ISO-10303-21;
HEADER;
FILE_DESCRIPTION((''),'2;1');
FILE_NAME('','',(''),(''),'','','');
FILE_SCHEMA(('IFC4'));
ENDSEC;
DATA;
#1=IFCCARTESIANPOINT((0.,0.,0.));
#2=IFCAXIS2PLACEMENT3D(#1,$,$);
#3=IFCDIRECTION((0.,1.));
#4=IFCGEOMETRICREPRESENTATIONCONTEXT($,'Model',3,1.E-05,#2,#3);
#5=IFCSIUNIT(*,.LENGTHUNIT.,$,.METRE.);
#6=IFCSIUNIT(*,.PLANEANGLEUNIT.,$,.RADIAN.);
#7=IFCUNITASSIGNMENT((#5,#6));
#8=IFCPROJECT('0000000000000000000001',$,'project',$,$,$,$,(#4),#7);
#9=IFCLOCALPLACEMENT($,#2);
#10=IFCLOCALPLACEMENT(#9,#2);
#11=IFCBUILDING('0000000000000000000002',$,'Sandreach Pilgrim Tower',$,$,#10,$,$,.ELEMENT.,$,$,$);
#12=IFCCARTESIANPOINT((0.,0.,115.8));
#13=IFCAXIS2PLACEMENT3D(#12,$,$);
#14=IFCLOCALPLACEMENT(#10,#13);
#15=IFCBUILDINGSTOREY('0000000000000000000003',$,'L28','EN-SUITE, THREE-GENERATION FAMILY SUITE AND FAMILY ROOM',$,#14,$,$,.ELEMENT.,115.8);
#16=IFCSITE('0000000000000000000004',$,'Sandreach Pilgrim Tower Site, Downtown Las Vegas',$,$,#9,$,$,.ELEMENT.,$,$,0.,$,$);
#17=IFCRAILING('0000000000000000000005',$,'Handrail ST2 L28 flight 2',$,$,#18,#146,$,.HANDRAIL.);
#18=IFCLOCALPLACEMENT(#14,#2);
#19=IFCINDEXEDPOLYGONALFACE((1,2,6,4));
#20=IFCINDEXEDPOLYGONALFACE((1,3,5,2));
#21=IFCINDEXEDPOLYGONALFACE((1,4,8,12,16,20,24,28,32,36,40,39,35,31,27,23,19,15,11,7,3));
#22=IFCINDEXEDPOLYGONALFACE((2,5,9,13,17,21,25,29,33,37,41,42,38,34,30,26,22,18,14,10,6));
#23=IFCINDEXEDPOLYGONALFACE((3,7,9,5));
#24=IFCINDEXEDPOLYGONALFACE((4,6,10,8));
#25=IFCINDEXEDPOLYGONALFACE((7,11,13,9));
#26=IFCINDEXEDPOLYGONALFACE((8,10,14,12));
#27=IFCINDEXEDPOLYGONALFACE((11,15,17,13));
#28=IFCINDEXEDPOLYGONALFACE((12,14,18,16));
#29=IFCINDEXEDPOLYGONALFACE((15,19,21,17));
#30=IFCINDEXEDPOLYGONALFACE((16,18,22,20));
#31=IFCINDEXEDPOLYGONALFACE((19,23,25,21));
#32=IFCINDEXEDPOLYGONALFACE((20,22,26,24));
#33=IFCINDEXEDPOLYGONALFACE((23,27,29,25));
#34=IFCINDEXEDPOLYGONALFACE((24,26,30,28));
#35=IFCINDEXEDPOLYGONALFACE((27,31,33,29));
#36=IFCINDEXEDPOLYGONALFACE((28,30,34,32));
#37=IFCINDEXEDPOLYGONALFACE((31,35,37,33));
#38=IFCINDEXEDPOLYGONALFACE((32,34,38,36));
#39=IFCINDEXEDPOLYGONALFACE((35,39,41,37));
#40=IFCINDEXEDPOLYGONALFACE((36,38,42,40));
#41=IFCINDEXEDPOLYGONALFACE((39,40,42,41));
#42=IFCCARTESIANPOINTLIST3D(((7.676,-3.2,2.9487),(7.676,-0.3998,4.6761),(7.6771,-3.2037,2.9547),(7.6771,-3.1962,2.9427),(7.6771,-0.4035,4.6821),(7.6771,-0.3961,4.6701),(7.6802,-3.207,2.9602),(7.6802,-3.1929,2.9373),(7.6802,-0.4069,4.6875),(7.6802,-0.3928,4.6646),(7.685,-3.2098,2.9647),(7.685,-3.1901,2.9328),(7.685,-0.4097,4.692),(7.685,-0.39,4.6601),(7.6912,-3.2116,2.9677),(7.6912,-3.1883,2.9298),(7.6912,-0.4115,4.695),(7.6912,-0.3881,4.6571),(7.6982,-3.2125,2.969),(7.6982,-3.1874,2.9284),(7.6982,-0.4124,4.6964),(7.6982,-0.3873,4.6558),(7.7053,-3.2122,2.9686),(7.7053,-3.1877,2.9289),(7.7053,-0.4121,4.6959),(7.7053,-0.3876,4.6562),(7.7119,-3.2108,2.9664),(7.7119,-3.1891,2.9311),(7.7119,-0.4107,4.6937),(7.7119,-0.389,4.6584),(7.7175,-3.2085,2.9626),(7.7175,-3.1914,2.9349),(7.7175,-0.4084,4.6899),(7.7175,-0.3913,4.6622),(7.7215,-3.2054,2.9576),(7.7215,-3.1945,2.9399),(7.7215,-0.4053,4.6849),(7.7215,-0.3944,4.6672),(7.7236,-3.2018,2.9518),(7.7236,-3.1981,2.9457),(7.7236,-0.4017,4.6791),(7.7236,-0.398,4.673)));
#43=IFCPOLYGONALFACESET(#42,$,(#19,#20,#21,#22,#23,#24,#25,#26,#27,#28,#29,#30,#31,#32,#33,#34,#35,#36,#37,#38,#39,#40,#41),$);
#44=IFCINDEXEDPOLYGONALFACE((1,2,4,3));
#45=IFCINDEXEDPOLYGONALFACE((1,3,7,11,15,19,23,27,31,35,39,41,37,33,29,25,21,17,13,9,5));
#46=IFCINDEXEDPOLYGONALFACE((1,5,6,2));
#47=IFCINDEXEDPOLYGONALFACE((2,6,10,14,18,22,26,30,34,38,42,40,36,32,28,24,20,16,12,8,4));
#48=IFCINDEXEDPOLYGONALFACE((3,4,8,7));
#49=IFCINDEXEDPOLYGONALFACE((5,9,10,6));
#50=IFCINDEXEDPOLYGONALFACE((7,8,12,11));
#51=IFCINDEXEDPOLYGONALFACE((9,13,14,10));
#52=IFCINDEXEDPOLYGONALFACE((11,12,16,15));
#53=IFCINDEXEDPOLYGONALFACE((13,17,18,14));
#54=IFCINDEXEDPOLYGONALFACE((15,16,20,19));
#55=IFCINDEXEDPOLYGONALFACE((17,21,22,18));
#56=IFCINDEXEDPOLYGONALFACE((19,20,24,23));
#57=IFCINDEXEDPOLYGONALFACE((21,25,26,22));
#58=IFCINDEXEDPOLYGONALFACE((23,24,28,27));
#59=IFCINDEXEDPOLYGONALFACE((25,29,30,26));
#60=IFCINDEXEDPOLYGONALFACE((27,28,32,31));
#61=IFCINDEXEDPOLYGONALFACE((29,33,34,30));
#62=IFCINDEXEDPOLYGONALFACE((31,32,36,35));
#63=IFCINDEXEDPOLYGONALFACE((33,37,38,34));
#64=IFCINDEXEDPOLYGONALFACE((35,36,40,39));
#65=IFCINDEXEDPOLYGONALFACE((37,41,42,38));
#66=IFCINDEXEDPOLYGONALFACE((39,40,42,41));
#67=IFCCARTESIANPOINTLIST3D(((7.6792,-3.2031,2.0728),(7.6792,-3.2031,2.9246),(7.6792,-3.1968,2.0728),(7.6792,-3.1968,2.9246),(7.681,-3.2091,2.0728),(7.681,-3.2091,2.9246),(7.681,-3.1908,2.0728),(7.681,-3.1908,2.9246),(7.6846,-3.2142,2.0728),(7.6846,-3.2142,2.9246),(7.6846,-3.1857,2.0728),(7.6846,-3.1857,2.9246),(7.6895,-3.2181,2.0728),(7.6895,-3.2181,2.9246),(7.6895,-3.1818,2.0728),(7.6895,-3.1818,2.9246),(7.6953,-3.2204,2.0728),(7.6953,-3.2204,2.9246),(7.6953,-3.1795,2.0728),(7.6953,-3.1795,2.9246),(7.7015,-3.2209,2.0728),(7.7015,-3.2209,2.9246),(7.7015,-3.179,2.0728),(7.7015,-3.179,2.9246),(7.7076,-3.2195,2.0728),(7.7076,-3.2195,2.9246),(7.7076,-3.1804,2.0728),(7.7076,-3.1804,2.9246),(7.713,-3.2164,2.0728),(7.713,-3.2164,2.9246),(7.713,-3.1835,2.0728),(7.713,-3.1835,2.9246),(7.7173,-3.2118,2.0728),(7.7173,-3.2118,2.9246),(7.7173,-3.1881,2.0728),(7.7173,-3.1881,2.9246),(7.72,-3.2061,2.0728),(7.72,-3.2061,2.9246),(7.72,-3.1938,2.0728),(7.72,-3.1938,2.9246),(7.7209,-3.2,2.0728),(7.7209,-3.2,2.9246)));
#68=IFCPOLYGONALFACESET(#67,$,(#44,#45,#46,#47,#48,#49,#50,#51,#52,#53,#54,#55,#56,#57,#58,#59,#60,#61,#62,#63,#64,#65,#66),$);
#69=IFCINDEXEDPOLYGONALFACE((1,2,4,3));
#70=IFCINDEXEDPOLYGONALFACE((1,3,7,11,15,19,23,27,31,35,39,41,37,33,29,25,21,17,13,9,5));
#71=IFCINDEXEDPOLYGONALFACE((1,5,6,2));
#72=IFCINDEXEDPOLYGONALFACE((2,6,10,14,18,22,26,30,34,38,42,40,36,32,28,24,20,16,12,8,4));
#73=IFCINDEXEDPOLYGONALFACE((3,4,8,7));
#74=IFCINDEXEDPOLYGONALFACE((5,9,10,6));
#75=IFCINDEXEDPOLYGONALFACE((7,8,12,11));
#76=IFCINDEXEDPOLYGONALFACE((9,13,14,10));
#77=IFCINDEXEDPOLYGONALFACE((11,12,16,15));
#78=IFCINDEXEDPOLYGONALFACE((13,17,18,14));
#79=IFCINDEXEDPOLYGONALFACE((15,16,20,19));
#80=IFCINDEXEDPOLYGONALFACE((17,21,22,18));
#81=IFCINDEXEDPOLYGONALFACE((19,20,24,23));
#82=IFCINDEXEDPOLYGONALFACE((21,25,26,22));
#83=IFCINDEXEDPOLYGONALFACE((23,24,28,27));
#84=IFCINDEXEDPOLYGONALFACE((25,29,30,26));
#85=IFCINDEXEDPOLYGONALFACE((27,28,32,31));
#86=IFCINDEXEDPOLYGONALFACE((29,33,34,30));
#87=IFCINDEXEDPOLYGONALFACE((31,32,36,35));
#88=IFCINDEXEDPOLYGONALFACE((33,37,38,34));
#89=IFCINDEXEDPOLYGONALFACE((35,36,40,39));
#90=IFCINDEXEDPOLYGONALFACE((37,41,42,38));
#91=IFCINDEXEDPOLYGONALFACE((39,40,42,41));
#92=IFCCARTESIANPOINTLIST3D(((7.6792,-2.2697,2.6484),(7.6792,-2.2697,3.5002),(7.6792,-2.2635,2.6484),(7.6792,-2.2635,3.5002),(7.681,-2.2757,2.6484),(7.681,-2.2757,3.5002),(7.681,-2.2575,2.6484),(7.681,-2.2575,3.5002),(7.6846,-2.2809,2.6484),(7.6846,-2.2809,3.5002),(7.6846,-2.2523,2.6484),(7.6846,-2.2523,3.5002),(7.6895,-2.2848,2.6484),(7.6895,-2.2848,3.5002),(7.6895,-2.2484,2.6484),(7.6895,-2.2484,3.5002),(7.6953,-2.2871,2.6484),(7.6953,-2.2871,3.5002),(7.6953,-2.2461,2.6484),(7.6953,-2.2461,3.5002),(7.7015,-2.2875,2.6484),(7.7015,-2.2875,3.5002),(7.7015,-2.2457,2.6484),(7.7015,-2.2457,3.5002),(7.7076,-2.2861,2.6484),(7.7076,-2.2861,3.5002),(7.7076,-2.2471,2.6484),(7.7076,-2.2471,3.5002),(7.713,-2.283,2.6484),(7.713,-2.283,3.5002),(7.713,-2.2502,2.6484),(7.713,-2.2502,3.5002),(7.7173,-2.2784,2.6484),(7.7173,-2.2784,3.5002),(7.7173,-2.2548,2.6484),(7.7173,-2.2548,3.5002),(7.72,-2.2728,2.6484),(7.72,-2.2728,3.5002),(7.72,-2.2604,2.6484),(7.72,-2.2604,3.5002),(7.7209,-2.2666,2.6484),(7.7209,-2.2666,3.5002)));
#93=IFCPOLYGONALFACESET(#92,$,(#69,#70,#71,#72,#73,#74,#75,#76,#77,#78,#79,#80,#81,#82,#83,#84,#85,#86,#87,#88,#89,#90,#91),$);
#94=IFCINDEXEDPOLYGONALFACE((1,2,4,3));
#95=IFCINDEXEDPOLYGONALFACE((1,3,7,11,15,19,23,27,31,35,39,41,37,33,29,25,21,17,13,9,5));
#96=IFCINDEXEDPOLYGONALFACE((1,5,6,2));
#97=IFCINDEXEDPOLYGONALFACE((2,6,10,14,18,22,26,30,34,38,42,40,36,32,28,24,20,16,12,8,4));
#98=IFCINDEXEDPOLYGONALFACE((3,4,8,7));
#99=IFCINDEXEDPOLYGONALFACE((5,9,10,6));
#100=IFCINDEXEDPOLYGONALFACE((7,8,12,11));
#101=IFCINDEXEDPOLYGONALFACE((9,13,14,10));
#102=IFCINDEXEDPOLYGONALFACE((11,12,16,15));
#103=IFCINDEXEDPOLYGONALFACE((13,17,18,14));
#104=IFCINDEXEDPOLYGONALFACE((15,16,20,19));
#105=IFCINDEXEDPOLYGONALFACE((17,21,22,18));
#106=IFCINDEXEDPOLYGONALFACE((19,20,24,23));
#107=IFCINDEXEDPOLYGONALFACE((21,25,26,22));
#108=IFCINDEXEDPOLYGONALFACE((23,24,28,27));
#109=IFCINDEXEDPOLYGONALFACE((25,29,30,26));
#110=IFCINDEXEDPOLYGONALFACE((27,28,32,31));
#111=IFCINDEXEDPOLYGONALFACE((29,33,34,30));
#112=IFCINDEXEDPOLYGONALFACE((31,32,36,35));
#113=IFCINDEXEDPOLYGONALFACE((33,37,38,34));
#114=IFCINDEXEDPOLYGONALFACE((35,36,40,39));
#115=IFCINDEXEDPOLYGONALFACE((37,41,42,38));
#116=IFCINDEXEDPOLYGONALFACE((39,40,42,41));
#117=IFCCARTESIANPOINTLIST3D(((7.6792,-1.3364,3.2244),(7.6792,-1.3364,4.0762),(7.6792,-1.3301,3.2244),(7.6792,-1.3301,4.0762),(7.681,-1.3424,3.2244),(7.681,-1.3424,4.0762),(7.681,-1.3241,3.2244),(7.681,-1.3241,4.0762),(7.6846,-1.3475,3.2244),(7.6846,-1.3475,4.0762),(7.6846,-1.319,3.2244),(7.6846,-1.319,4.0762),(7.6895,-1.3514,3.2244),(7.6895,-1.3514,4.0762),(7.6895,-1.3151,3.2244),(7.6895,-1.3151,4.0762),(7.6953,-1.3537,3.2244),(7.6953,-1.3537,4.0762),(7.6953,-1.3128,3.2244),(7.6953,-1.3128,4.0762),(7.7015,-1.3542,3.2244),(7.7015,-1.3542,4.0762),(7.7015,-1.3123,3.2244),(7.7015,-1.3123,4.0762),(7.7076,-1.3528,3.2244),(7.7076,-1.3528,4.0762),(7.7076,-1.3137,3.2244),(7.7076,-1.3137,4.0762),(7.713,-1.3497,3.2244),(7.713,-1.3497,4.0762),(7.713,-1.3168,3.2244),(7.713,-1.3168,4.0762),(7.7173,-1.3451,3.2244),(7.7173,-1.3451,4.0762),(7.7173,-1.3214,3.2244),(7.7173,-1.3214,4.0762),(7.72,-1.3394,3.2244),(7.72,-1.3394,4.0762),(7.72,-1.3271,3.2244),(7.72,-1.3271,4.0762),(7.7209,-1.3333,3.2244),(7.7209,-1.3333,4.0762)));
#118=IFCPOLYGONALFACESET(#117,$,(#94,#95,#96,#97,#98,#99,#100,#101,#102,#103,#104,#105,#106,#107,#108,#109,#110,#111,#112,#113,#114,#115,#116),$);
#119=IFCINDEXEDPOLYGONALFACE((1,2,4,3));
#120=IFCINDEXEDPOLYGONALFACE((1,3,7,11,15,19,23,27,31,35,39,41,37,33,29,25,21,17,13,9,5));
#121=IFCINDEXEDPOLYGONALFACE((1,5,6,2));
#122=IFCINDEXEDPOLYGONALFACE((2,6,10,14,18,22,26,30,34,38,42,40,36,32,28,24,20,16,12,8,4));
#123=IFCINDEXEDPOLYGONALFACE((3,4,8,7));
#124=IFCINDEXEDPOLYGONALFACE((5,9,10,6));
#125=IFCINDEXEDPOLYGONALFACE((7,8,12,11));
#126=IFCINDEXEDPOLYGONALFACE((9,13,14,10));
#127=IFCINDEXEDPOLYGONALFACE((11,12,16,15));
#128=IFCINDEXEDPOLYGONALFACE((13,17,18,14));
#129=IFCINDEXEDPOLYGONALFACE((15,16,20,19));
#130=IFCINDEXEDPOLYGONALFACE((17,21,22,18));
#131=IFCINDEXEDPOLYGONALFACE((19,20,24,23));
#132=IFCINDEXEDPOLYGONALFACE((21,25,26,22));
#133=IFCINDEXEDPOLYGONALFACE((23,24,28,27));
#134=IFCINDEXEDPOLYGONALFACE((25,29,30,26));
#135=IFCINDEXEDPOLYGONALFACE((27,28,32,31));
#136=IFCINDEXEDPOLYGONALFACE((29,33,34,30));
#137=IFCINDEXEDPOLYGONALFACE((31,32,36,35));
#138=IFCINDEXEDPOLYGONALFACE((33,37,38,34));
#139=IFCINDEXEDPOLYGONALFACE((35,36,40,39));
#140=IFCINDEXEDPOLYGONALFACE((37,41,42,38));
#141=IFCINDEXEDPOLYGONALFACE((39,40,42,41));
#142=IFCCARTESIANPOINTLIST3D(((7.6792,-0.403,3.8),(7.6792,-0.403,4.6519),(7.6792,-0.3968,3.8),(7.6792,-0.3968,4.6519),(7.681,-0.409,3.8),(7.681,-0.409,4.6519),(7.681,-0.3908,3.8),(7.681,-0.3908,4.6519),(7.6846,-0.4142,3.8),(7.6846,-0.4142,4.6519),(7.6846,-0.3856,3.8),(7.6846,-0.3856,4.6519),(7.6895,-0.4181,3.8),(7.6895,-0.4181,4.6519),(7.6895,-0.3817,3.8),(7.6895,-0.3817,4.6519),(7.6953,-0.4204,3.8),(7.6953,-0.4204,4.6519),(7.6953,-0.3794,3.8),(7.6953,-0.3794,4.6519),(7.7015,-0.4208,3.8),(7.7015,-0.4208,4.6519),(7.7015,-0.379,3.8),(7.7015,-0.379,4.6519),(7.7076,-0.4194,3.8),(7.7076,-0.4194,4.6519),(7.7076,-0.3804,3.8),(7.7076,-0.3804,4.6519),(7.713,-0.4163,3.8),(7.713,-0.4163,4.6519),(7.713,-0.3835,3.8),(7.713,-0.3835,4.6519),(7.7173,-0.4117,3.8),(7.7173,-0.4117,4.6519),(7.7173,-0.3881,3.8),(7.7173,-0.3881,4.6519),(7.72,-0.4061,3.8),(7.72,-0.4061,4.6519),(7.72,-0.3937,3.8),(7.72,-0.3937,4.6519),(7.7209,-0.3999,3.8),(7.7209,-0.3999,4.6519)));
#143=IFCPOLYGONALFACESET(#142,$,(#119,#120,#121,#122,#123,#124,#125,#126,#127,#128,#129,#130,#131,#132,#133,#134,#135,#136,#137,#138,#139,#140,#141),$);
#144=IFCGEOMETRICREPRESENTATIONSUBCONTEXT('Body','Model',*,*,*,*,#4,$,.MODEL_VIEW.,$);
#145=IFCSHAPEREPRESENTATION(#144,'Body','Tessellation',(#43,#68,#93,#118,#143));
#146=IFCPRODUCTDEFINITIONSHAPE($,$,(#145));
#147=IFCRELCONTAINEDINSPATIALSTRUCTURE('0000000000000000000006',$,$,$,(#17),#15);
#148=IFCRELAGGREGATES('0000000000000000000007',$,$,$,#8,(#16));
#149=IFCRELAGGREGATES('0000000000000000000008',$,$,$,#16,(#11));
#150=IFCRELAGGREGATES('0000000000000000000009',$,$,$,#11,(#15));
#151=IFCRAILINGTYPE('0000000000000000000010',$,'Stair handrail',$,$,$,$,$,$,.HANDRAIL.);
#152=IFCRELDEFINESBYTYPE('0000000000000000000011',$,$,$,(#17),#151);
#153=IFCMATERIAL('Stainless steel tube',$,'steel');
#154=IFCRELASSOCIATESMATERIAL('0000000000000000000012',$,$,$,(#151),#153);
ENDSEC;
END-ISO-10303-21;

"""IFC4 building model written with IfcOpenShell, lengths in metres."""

from ifc_helpers import new_model, si_unit, direction, frame, origin, origin_2d, place, context, subcontext, project, spatial, circle, extrude, material, type_object, element, save


model = new_model("IFC4")

# Units and contexts
model_context = context("Model", 3, precision=1e-05, world=origin(), true_north=direction((0.0, 1.0)))
body_context = subcontext(model_context, "Body", "Model", "MODEL_VIEW")
ifc_project = project(units=[si_unit("LENGTHUNIT", "METRE"), si_unit("PLANEANGLEUNIT", "RADIAN")], contexts=[model_context])

# Site, building, storey
site_placement = place(None, origin())
site = spatial("IfcSite", under=ifc_project, at=site_placement, Name="Sandreach Pilgrim Tower Site, Downtown Las Vegas", CompositionType="ELEMENT", RefElevation=0.0)
building_placement = place(site_placement, origin())
building = spatial("IfcBuilding", under=site, at=building_placement, Name="Sandreach Pilgrim Tower", CompositionType="ELEMENT")
storey_placement = place(building_placement, frame((0.0, 0.0, 115.8)))
storey = spatial("IfcBuildingStorey", under=building, at=storey_placement, Name="L28", Description="EN-SUITE, THREE-GENERATION FAMILY SUITE AND FAMILY ROOM", CompositionType="ELEMENT", Elevation=115.8)

# Railing
ifc_material_1 = material(Name="Stainless steel tube", Category="steel")
railing_type = type_object("IfcRailingType", Name="Stair handrail", PredefinedType="HANDRAIL", material=ifc_material_1)
for number, where, name in (
    (1, (7.7, -3.2, 2.0728), "Handrail ST2 L28 flight 2"),
):
    element("IfcRailing", number, at=place(storey_placement, frame(where)), inside=storey, type_object=railing_type, Name=name, PredefinedType="HANDRAIL", context=body_context, shape_type="SweptSolid", body=[
        extrude(circle(Radius=0.0239, at=origin_2d()), frame((0.0, 0.0, 0.876), z_axis=(0.0, 0.85109, 0.52502), x_axis=(-1.0, 0.0, 0.0)), (0.0, 0.0, 1.0), 3.29),
        extrude(circle(Radius=0.021, at=origin_2d()), origin(), (0.0, 0.0, 1.0), 0.8518),
        extrude(circle(Radius=0.021, at=origin_2d()), frame((0.0, 0.9333, 0.5757)), (0.0, 0.0, 1.0), 0.8518),
        extrude(circle(Radius=0.021, at=origin_2d()), frame((0.0, 1.8667, 1.1516)), (0.0, 0.0, 1.0), 0.8518),
        extrude(circle(Radius=0.021, at=origin_2d()), frame((0.0, 2.8, 1.7273)), (0.0, 0.0, 1.0), 0.8518),
    ])

save(model, "model.ifc")
